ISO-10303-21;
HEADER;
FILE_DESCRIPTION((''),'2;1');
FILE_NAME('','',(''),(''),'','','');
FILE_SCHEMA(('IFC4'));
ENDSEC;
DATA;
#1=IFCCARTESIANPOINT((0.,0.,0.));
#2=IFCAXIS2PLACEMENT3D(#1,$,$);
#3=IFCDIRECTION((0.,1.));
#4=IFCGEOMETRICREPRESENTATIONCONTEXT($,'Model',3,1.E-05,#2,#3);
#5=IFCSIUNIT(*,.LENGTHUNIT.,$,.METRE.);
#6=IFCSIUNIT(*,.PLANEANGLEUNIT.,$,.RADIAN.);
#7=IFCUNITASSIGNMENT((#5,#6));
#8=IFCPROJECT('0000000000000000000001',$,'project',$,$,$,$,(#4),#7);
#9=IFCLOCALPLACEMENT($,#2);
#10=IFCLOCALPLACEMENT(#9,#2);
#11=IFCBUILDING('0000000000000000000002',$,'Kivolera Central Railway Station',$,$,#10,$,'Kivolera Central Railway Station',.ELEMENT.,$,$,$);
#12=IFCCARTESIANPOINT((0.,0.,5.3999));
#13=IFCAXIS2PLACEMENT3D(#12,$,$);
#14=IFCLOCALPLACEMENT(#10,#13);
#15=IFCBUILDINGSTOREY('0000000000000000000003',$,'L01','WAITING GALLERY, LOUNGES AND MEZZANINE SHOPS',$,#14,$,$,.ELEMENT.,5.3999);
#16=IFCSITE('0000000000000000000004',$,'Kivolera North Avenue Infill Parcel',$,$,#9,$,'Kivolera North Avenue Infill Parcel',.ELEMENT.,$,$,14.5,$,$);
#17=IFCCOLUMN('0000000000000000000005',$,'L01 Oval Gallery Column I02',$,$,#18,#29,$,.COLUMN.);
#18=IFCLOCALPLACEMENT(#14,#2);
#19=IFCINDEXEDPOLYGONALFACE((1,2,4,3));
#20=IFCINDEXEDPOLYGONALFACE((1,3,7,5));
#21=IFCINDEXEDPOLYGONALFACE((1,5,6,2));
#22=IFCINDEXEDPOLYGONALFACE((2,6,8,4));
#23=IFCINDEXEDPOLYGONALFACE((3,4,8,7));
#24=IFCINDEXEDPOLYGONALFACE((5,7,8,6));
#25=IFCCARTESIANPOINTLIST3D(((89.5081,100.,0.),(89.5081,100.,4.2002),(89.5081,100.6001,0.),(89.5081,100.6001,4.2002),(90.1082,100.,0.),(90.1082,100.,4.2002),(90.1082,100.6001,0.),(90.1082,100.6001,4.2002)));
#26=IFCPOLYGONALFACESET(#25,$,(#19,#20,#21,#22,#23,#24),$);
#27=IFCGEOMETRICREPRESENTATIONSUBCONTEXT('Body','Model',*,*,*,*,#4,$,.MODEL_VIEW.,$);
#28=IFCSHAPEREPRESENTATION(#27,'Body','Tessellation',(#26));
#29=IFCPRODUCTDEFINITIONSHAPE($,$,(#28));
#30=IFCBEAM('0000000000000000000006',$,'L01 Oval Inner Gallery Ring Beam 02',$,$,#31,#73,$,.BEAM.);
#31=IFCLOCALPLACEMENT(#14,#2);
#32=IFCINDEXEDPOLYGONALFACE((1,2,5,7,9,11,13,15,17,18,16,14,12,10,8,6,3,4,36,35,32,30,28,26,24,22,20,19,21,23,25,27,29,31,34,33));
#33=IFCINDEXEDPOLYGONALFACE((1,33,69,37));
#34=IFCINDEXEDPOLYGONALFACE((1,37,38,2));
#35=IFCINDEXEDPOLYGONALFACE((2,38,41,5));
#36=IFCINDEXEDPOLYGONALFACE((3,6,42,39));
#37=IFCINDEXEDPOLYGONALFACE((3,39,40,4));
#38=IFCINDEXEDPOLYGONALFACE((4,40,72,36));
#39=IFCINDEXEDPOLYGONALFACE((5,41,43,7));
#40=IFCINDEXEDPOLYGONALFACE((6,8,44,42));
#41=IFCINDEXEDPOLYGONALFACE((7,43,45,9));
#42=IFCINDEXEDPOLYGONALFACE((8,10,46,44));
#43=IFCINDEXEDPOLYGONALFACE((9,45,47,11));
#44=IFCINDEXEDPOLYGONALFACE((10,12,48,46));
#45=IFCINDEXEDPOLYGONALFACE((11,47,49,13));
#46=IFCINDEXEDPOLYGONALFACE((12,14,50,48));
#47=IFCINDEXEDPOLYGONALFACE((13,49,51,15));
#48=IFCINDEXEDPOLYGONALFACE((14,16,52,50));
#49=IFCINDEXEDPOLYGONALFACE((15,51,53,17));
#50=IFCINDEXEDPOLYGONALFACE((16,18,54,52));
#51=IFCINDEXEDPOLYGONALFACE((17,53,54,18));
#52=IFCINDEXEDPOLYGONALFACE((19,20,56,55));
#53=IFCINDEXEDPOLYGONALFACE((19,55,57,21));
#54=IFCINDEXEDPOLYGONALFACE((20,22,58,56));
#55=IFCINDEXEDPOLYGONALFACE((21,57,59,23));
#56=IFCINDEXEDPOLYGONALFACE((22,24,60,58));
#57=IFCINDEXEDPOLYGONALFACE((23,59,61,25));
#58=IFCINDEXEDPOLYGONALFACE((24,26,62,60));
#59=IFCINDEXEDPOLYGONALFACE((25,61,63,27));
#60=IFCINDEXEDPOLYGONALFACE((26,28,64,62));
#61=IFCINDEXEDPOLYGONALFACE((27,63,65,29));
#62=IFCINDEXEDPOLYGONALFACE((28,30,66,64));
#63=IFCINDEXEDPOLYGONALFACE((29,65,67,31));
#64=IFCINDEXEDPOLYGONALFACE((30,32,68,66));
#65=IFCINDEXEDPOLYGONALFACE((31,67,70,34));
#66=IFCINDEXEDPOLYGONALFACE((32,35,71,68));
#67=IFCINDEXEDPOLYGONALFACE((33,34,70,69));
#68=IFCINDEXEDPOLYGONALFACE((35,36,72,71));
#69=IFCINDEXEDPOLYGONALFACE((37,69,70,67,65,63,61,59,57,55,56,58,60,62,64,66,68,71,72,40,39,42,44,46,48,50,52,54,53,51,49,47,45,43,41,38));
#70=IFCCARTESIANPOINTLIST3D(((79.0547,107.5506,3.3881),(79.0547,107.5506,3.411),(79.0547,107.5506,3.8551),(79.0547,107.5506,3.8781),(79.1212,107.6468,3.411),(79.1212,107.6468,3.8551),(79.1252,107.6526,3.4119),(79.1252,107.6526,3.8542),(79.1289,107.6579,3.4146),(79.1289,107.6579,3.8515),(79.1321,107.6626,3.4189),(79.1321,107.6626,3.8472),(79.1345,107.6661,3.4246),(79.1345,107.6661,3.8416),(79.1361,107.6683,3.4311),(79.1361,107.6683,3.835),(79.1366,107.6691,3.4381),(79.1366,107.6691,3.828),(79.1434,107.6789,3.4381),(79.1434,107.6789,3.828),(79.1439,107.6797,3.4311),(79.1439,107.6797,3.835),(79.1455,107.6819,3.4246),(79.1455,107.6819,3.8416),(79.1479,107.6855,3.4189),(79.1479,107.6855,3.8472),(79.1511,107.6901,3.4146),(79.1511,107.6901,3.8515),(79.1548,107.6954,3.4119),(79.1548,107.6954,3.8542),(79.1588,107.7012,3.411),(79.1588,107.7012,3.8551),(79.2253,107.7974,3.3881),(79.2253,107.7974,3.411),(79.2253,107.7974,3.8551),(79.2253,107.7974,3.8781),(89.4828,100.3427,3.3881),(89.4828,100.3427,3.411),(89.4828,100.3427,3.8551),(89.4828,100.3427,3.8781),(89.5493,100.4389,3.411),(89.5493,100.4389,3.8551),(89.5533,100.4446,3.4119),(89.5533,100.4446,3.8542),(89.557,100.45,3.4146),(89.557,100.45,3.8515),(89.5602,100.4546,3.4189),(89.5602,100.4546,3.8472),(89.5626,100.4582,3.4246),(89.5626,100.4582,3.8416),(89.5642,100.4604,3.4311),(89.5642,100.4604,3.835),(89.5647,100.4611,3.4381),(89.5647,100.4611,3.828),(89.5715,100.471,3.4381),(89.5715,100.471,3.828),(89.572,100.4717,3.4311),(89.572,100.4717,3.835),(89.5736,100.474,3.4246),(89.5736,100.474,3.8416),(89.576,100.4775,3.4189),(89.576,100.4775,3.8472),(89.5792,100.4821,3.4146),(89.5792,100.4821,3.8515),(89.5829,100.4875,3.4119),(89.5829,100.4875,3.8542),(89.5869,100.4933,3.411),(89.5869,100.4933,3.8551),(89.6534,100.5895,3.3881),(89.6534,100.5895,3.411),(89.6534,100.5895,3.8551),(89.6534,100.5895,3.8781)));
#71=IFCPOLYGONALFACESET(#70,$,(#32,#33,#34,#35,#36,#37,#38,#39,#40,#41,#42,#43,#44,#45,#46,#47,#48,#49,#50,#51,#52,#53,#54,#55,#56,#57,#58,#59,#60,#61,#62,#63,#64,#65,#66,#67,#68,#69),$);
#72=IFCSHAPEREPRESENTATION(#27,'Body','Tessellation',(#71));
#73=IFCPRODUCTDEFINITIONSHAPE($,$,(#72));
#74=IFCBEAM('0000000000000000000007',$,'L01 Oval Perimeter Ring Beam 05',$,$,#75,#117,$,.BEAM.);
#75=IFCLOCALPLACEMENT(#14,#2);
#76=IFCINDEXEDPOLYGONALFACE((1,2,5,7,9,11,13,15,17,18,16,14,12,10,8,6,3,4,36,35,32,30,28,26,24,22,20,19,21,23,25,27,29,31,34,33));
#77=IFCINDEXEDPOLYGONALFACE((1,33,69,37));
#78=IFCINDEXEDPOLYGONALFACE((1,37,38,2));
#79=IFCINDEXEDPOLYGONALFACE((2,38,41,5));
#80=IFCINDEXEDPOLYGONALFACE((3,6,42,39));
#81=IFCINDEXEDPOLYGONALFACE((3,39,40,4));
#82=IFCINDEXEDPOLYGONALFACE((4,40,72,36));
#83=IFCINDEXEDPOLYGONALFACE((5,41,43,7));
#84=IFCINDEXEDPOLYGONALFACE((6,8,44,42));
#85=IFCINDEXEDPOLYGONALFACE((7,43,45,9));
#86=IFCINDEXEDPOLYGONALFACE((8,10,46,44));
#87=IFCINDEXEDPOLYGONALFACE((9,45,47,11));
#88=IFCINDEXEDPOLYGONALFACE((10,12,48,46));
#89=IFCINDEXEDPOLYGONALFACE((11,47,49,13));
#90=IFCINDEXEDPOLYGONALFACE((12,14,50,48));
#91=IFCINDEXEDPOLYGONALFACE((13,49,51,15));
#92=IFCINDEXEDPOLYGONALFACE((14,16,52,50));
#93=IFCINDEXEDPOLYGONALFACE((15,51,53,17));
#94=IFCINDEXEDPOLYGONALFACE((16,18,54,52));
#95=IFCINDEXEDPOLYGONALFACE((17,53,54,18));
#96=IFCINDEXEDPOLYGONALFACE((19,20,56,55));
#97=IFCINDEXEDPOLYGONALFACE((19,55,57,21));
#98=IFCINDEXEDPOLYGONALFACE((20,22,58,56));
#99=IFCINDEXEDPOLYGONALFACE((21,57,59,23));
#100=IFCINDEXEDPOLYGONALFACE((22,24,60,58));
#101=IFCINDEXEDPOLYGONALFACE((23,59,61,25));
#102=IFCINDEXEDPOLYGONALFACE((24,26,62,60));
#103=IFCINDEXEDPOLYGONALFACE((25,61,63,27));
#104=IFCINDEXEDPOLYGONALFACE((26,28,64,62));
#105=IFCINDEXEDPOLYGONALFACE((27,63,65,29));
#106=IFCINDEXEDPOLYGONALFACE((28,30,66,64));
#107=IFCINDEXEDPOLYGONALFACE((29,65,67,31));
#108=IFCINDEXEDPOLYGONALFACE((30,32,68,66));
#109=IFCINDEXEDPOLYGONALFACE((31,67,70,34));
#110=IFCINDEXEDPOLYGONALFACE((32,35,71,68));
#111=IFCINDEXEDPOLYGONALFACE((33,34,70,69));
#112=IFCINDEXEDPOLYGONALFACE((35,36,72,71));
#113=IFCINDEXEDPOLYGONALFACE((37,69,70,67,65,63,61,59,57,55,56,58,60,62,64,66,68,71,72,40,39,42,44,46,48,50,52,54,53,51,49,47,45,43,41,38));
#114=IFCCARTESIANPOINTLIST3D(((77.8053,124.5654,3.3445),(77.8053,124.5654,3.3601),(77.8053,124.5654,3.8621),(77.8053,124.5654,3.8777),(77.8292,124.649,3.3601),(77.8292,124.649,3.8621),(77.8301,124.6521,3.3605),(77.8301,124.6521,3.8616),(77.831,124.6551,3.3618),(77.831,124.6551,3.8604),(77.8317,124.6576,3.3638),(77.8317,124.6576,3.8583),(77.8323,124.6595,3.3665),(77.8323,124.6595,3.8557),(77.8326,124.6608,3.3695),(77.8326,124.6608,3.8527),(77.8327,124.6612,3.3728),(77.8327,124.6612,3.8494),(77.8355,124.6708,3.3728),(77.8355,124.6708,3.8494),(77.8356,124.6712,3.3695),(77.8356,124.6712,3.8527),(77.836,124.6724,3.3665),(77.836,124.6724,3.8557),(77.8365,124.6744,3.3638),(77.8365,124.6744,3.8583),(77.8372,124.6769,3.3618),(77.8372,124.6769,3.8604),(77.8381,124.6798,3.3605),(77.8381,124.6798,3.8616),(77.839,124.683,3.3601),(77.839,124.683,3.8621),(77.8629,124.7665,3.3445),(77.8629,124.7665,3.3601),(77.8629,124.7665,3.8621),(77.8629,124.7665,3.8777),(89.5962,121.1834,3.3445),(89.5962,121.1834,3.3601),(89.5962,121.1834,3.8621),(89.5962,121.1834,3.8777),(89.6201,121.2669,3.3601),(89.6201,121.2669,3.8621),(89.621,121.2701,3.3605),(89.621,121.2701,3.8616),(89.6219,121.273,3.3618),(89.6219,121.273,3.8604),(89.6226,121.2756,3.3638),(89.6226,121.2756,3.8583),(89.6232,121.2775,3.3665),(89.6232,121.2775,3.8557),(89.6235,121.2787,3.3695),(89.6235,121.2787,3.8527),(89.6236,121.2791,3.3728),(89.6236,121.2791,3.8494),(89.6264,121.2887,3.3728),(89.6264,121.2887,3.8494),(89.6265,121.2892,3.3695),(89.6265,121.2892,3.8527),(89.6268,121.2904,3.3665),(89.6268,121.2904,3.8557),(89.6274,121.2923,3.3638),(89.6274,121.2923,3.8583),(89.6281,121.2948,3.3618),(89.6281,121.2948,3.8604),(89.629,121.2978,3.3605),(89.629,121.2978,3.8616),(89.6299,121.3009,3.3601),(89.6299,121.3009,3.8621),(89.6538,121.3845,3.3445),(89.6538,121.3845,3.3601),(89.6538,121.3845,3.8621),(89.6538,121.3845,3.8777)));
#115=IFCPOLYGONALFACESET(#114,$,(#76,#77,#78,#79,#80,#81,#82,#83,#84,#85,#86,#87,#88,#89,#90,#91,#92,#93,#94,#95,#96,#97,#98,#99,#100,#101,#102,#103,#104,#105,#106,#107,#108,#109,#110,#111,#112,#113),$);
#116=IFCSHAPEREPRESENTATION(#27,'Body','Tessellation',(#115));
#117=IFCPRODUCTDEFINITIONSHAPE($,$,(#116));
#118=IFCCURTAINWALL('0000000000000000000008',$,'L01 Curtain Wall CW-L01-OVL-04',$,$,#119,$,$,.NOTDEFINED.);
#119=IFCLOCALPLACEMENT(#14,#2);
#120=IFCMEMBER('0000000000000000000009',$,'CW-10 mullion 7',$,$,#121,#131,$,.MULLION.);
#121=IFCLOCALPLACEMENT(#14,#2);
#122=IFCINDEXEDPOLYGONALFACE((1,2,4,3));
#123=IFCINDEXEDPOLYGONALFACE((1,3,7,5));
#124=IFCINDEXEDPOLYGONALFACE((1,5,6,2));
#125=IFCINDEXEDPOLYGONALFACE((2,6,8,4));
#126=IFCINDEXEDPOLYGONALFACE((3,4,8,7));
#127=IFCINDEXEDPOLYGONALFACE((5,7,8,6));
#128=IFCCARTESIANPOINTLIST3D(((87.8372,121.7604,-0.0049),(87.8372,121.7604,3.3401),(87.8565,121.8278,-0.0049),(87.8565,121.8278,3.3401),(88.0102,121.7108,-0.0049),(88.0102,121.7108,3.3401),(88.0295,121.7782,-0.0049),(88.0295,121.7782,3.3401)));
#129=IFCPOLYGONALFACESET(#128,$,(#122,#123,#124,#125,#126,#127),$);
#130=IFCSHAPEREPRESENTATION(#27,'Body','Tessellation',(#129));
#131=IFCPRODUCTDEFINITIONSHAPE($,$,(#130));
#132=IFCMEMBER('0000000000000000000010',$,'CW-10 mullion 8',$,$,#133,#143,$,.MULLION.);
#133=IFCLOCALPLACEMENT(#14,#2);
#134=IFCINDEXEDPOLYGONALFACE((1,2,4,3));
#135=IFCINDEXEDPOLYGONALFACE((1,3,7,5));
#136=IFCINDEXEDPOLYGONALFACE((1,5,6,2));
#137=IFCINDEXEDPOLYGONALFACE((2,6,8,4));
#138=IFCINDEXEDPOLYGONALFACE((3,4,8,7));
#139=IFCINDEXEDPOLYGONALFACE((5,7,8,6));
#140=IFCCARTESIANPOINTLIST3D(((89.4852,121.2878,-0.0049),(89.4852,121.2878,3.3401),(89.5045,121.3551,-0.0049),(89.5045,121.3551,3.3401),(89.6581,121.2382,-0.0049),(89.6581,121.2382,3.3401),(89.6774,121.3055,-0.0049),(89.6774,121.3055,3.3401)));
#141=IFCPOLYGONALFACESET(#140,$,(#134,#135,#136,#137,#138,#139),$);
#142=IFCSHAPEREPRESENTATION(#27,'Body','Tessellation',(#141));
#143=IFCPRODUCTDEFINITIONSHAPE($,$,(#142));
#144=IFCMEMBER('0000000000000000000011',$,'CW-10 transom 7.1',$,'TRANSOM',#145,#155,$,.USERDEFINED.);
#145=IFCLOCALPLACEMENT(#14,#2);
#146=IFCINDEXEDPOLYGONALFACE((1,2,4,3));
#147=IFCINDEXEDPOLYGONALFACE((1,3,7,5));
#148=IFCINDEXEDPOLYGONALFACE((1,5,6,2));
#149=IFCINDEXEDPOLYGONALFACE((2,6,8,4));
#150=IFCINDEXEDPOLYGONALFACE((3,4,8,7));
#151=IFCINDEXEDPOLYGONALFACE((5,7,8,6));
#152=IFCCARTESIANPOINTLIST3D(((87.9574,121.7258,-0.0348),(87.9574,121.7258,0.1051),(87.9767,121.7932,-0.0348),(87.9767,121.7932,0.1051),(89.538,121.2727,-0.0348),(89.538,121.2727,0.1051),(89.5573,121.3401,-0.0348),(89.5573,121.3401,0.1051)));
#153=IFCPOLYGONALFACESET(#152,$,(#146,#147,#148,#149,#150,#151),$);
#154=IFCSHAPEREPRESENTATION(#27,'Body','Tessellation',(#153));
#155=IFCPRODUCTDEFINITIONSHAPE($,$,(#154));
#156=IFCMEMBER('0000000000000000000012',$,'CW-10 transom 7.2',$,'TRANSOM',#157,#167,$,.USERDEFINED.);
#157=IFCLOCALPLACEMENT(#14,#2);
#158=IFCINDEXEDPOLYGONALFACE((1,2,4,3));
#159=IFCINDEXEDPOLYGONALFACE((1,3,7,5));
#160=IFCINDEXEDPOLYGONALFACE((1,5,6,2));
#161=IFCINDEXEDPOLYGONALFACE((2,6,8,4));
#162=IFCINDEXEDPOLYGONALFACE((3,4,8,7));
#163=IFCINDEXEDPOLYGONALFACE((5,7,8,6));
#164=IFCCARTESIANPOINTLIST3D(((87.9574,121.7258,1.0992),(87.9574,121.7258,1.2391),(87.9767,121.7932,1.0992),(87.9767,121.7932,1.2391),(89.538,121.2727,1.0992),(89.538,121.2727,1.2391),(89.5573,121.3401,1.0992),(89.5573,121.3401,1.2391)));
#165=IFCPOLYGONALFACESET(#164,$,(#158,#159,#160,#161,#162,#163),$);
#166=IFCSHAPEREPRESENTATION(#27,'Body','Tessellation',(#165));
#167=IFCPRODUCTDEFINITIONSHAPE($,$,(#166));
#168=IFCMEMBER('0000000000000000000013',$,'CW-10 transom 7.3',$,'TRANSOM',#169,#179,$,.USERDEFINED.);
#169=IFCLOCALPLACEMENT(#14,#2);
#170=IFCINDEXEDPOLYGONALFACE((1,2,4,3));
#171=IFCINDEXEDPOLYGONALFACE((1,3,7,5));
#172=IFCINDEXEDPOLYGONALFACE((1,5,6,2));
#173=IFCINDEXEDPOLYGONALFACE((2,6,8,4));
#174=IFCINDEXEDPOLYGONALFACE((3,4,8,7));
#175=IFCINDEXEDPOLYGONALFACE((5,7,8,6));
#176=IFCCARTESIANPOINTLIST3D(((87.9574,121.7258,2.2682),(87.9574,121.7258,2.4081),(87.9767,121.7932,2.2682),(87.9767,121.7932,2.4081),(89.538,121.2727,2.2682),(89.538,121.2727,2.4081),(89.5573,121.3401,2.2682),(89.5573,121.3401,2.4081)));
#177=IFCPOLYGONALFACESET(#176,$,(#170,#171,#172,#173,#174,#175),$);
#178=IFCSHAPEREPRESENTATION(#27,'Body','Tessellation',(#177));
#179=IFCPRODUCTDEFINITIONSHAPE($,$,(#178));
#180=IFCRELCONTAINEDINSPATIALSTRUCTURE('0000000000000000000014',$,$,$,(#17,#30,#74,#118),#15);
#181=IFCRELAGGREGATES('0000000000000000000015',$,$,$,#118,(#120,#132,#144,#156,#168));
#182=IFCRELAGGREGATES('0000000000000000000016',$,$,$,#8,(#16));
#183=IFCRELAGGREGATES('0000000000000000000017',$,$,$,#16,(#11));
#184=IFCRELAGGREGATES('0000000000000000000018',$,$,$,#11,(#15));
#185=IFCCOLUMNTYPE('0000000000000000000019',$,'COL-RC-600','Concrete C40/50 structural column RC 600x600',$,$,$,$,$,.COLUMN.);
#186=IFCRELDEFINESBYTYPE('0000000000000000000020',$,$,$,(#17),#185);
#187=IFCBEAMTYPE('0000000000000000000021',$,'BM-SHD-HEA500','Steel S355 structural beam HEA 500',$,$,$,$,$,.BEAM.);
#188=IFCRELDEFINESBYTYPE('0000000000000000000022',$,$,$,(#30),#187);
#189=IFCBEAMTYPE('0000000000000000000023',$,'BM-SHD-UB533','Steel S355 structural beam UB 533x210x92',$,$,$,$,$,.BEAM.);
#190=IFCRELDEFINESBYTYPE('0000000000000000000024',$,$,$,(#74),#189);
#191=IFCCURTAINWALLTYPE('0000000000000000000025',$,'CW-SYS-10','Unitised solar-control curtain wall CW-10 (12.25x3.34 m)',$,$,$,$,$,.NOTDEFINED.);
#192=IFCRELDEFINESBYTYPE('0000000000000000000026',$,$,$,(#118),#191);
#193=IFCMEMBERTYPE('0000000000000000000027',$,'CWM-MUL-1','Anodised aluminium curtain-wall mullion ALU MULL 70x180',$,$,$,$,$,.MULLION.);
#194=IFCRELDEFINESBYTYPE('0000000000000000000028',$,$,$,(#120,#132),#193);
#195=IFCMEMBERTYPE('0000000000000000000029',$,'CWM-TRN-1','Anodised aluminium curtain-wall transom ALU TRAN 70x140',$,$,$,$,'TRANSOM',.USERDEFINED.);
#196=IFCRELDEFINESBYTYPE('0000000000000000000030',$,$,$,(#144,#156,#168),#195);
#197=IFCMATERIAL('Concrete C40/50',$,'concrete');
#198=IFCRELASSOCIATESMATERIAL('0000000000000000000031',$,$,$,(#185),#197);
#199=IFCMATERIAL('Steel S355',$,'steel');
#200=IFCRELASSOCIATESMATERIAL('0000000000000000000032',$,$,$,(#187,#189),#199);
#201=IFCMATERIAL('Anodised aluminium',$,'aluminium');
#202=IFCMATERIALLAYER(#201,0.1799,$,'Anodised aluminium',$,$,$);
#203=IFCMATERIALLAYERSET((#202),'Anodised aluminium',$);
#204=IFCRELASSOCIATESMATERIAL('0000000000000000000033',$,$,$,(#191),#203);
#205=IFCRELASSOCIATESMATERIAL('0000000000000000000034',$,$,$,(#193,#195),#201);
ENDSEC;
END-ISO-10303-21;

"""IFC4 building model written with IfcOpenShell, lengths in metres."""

from ifc_helpers import new_model, si_unit, direction, frame, origin, origin_2d, place, context, subcontext, project, spatial, rectangle, i_section, extrude, material, layer, layer_set, material_profile, profile_set, type_object, element, aggregate, save


model = new_model("IFC4")

# Units and contexts
model_context = context("Model", 3, precision=1e-05, world=origin(), true_north=direction((0.0, 1.0)))
body_context = subcontext(model_context, "Body", "Model", "MODEL_VIEW")
ifc_project = project(units=[si_unit("LENGTHUNIT", "METRE"), si_unit("PLANEANGLEUNIT", "RADIAN")], contexts=[model_context])

# Site, building, storey
site_placement = place(None, origin())
site = spatial("IfcSite", under=ifc_project, at=site_placement, Name="Kivolera North Avenue Infill Parcel", LongName="Kivolera North Avenue Infill Parcel", CompositionType="ELEMENT", RefElevation=14.5)
building_placement = place(site_placement, origin())
building = spatial("IfcBuilding", under=site, at=building_placement, Name="Kivolera Central Railway Station", LongName="Kivolera Central Railway Station", CompositionType="ELEMENT")
storey_placement = place(building_placement, frame((0.0, 0.0, 5.3999)))
storey = spatial("IfcBuildingStorey", under=building, at=storey_placement, Name="L01", Description="WAITING GALLERY, LOUNGES AND MEZZANINE SHOPS", CompositionType="ELEMENT", Elevation=5.3999)

# Column
ifc_material_1 = material(Name="Concrete C40/50", Category="concrete")
ifc_material_profile_1 = material_profile(ifc_material_1, rectangle(XDim=0.6001, YDim=0.6001, at=origin_2d()), Name="RC 600x600")
ifc_profile_set_1 = profile_set([ifc_material_profile_1], Name="Concrete C40/50")
column_type = type_object("IfcColumnType", Name="COL-RC-600", Description="Concrete C40/50 structural column RC 600x600", PredefinedType="COLUMN", material=ifc_profile_set_1)
column_placement = place(storey_placement, frame((89.8081, 100.3, 0.0), z_axis=(0.0, 0.0, 1.0), x_axis=(1.0, 0.0, 0.0)))
element("IfcColumn", 1, at=column_placement, inside=storey, type_object=column_type, Name="L01 Oval Gallery Column I02", PredefinedType="COLUMN", context=body_context, shape_type="SweptSolid", body=[
    extrude(rectangle(XDim=0.6001, YDim=0.6001, at=origin_2d()), origin(), (0.0, 0.0, 1.0), 4.2002),
])

# Beams
ifc_material_2 = material(Name="Steel S355", Category="steel")
ifc_material_profile_2 = material_profile(ifc_material_2, i_section(OverallWidth=0.3, OverallDepth=0.49, WebThickness=0.012, FlangeThickness=0.0229, FilletRadius=0.0271, at=origin_2d()), Name="HEA 500")
ifc_profile_set_2 = profile_set([ifc_material_profile_2], Name="Steel S355")
beam_type_1 = type_object("IfcBeamType", Name="BM-SHD-HEA500", Description="Steel S355 structural beam HEA 500", PredefinedType="BEAM", material=ifc_profile_set_2)
beam_1_placement = place(storey_placement, frame((89.5681, 100.4661, 3.6331), z_axis=(-0.822618, 0.568595, 0.0), x_axis=(-0.568595, -0.822618, 0.0)))
element("IfcBeam", 2, at=beam_1_placement, inside=storey, type_object=beam_type_1, Name="L01 Oval Inner Gallery Ring Beam 02", PredefinedType="BEAM", context=body_context, shape_type="SweptSolid", body=[
    extrude(i_section(OverallWidth=0.3, OverallDepth=0.49, WebThickness=0.012, FlangeThickness=0.0229, FilletRadius=0.0271, at=origin_2d()), origin(), (0.0, 0.0, 1.0), 12.6768),
])
ifc_material_profile_3 = material_profile(ifc_material_2, i_section(OverallWidth=0.2092, OverallDepth=0.5332, WebThickness=0.01, FlangeThickness=0.0156, FilletRadius=0.0127, at=origin_2d()), Name="UB 533x210x92")
ifc_profile_set_3 = profile_set([ifc_material_profile_3], Name="Steel S355")
beam_type_2 = type_object("IfcBeamType", Name="BM-SHD-UB533", Description="Steel S355 structural beam UB 533x210x92", PredefinedType="BEAM", material=ifc_profile_set_3)
beam_2_placement = place(storey_placement, frame((89.625, 121.2839, 3.6111), z_axis=(-0.961239, 0.275717, 0.0), x_axis=(-0.275717, -0.961239, 0.0)))
element("IfcBeam", 3, at=beam_2_placement, inside=storey, type_object=beam_type_2, Name="L01 Oval Perimeter Ring Beam 05", PredefinedType="BEAM", context=body_context, shape_type="SweptSolid", body=[
    extrude(i_section(OverallWidth=0.2092, OverallDepth=0.5332, WebThickness=0.01, FlangeThickness=0.0156, FilletRadius=0.0127, at=origin_2d()), origin(), (0.0, 0.0, 1.0), 12.2664),
])

# Curtain wall, members
ifc_material_3 = material(Name="Anodised aluminium", Category="aluminium")
ifc_layer_1 = layer(ifc_material_3, 0.1799, Name="Anodised aluminium")
ifc_layer_set_1 = layer_set([ifc_layer_1], Name="Anodised aluminium")
curtain_wall_type = type_object("IfcCurtainWallType", Name="CW-SYS-10", Description="Unitised solar-control curtain wall CW-10 (12.25x3.34 m)", PredefinedType="NOTDEFINED", material=ifc_layer_set_1)
curtain_wall_placement = place(storey_placement, origin())
curtain_wall = element("IfcCurtainWall", 4, at=curtain_wall_placement, inside=storey, type_object=curtain_wall_type, Name="L01 Curtain Wall CW-L01-OVL-04", PredefinedType="NOTDEFINED")
ifc_material_profile_4 = material_profile(ifc_material_3, rectangle(XDim=0.0701, YDim=0.1799, at=origin_2d()), Name="ALU MULL 70x180")
ifc_profile_set_4 = profile_set([ifc_material_profile_4], Name="Anodised aluminium")
member_type_1 = type_object("IfcMemberType", Name="CWM-MUL-1", Description="Anodised aluminium curtain-wall mullion ALU MULL 70x180", PredefinedType="MULLION", material=ifc_profile_set_4)
member_1_placement = place(storey_placement, frame((87.9333, 121.7693, -0.0049), z_axis=(0.0, 0.0, 1.0), x_axis=(0.275692, 0.961246, 0.0)))
member_1 = element("IfcMember", 5, at=member_1_placement, type_object=member_type_1, Name="CW-10 mullion 7", PredefinedType="MULLION", context=body_context, shape_type="SweptSolid", body=[
    extrude(rectangle(XDim=0.0701, YDim=0.1799, at=origin_2d()), origin(), (0.0, 0.0, 1.0), 3.345),
])
member_2_placement = place(storey_placement, frame((89.5813, 121.2966, -0.0049), z_axis=(0.0, 0.0, 1.0), x_axis=(0.275692, 0.961246, 0.0)))
member_2 = element("IfcMember", 6, at=member_2_placement, type_object=member_type_1, Name="CW-10 mullion 8", PredefinedType="MULLION", context=body_context, shape_type="SweptSolid", body=[
    extrude(rectangle(XDim=0.0701, YDim=0.1799, at=origin_2d()), origin(), (0.0, 0.0, 1.0), 3.345),
])
ifc_material_profile_5 = material_profile(ifc_material_3, rectangle(XDim=0.0701, YDim=0.1399, at=origin_2d()), Name="ALU TRAN 70x140")
ifc_profile_set_5 = profile_set([ifc_material_profile_5], Name="Anodised aluminium")
member_type_2 = type_object("IfcMemberType", Name="CWM-TRN-1", Description="Anodised aluminium curtain-wall transom ALU TRAN 70x140", ElementType="TRANSOM", PredefinedType="USERDEFINED", material=ifc_profile_set_5)
member_3_placement = place(storey_placement, frame((87.967, 121.7595, 0.0352), z_axis=(0.961277, -0.275584, 0.0), x_axis=(0.275584, 0.961277, 0.0)))
member_3 = element("IfcMember", 7, at=member_3_placement, type_object=member_type_2, Name="CW-10 transom 7.1", ObjectType="TRANSOM", PredefinedType="USERDEFINED", context=body_context, shape_type="SweptSolid", body=[
    extrude(rectangle(XDim=0.0701, YDim=0.1399, at=origin_2d()), origin(), (0.0, 0.0, 1.0), 1.6443),
])
member_4_placement = place(storey_placement, frame((87.967, 121.7595, 1.1692), z_axis=(0.961277, -0.275584, 0.0), x_axis=(0.275584, 0.961277, 0.0)))
member_4 = element("IfcMember", 8, at=member_4_placement, type_object=member_type_2, Name="CW-10 transom 7.2", ObjectType="TRANSOM", PredefinedType="USERDEFINED", context=body_context, shape_type="SweptSolid", body=[
    extrude(rectangle(XDim=0.0701, YDim=0.1399, at=origin_2d()), origin(), (0.0, 0.0, 1.0), 1.6443),
])
member_5_placement = place(storey_placement, frame((87.967, 121.7595, 2.3381), z_axis=(0.961277, -0.275584, 0.0), x_axis=(0.275584, 0.961277, 0.0)))
member_5 = element("IfcMember", 9, at=member_5_placement, type_object=member_type_2, Name="CW-10 transom 7.3", ObjectType="TRANSOM", PredefinedType="USERDEFINED", context=body_context, shape_type="SweptSolid", body=[
    extrude(rectangle(XDim=0.0701, YDim=0.1399, at=origin_2d()), origin(), (0.0, 0.0, 1.0), 1.6443),
])
aggregate(curtain_wall, [member_1, member_2, member_3, member_4, member_5])

save(model, "model.ifc")
